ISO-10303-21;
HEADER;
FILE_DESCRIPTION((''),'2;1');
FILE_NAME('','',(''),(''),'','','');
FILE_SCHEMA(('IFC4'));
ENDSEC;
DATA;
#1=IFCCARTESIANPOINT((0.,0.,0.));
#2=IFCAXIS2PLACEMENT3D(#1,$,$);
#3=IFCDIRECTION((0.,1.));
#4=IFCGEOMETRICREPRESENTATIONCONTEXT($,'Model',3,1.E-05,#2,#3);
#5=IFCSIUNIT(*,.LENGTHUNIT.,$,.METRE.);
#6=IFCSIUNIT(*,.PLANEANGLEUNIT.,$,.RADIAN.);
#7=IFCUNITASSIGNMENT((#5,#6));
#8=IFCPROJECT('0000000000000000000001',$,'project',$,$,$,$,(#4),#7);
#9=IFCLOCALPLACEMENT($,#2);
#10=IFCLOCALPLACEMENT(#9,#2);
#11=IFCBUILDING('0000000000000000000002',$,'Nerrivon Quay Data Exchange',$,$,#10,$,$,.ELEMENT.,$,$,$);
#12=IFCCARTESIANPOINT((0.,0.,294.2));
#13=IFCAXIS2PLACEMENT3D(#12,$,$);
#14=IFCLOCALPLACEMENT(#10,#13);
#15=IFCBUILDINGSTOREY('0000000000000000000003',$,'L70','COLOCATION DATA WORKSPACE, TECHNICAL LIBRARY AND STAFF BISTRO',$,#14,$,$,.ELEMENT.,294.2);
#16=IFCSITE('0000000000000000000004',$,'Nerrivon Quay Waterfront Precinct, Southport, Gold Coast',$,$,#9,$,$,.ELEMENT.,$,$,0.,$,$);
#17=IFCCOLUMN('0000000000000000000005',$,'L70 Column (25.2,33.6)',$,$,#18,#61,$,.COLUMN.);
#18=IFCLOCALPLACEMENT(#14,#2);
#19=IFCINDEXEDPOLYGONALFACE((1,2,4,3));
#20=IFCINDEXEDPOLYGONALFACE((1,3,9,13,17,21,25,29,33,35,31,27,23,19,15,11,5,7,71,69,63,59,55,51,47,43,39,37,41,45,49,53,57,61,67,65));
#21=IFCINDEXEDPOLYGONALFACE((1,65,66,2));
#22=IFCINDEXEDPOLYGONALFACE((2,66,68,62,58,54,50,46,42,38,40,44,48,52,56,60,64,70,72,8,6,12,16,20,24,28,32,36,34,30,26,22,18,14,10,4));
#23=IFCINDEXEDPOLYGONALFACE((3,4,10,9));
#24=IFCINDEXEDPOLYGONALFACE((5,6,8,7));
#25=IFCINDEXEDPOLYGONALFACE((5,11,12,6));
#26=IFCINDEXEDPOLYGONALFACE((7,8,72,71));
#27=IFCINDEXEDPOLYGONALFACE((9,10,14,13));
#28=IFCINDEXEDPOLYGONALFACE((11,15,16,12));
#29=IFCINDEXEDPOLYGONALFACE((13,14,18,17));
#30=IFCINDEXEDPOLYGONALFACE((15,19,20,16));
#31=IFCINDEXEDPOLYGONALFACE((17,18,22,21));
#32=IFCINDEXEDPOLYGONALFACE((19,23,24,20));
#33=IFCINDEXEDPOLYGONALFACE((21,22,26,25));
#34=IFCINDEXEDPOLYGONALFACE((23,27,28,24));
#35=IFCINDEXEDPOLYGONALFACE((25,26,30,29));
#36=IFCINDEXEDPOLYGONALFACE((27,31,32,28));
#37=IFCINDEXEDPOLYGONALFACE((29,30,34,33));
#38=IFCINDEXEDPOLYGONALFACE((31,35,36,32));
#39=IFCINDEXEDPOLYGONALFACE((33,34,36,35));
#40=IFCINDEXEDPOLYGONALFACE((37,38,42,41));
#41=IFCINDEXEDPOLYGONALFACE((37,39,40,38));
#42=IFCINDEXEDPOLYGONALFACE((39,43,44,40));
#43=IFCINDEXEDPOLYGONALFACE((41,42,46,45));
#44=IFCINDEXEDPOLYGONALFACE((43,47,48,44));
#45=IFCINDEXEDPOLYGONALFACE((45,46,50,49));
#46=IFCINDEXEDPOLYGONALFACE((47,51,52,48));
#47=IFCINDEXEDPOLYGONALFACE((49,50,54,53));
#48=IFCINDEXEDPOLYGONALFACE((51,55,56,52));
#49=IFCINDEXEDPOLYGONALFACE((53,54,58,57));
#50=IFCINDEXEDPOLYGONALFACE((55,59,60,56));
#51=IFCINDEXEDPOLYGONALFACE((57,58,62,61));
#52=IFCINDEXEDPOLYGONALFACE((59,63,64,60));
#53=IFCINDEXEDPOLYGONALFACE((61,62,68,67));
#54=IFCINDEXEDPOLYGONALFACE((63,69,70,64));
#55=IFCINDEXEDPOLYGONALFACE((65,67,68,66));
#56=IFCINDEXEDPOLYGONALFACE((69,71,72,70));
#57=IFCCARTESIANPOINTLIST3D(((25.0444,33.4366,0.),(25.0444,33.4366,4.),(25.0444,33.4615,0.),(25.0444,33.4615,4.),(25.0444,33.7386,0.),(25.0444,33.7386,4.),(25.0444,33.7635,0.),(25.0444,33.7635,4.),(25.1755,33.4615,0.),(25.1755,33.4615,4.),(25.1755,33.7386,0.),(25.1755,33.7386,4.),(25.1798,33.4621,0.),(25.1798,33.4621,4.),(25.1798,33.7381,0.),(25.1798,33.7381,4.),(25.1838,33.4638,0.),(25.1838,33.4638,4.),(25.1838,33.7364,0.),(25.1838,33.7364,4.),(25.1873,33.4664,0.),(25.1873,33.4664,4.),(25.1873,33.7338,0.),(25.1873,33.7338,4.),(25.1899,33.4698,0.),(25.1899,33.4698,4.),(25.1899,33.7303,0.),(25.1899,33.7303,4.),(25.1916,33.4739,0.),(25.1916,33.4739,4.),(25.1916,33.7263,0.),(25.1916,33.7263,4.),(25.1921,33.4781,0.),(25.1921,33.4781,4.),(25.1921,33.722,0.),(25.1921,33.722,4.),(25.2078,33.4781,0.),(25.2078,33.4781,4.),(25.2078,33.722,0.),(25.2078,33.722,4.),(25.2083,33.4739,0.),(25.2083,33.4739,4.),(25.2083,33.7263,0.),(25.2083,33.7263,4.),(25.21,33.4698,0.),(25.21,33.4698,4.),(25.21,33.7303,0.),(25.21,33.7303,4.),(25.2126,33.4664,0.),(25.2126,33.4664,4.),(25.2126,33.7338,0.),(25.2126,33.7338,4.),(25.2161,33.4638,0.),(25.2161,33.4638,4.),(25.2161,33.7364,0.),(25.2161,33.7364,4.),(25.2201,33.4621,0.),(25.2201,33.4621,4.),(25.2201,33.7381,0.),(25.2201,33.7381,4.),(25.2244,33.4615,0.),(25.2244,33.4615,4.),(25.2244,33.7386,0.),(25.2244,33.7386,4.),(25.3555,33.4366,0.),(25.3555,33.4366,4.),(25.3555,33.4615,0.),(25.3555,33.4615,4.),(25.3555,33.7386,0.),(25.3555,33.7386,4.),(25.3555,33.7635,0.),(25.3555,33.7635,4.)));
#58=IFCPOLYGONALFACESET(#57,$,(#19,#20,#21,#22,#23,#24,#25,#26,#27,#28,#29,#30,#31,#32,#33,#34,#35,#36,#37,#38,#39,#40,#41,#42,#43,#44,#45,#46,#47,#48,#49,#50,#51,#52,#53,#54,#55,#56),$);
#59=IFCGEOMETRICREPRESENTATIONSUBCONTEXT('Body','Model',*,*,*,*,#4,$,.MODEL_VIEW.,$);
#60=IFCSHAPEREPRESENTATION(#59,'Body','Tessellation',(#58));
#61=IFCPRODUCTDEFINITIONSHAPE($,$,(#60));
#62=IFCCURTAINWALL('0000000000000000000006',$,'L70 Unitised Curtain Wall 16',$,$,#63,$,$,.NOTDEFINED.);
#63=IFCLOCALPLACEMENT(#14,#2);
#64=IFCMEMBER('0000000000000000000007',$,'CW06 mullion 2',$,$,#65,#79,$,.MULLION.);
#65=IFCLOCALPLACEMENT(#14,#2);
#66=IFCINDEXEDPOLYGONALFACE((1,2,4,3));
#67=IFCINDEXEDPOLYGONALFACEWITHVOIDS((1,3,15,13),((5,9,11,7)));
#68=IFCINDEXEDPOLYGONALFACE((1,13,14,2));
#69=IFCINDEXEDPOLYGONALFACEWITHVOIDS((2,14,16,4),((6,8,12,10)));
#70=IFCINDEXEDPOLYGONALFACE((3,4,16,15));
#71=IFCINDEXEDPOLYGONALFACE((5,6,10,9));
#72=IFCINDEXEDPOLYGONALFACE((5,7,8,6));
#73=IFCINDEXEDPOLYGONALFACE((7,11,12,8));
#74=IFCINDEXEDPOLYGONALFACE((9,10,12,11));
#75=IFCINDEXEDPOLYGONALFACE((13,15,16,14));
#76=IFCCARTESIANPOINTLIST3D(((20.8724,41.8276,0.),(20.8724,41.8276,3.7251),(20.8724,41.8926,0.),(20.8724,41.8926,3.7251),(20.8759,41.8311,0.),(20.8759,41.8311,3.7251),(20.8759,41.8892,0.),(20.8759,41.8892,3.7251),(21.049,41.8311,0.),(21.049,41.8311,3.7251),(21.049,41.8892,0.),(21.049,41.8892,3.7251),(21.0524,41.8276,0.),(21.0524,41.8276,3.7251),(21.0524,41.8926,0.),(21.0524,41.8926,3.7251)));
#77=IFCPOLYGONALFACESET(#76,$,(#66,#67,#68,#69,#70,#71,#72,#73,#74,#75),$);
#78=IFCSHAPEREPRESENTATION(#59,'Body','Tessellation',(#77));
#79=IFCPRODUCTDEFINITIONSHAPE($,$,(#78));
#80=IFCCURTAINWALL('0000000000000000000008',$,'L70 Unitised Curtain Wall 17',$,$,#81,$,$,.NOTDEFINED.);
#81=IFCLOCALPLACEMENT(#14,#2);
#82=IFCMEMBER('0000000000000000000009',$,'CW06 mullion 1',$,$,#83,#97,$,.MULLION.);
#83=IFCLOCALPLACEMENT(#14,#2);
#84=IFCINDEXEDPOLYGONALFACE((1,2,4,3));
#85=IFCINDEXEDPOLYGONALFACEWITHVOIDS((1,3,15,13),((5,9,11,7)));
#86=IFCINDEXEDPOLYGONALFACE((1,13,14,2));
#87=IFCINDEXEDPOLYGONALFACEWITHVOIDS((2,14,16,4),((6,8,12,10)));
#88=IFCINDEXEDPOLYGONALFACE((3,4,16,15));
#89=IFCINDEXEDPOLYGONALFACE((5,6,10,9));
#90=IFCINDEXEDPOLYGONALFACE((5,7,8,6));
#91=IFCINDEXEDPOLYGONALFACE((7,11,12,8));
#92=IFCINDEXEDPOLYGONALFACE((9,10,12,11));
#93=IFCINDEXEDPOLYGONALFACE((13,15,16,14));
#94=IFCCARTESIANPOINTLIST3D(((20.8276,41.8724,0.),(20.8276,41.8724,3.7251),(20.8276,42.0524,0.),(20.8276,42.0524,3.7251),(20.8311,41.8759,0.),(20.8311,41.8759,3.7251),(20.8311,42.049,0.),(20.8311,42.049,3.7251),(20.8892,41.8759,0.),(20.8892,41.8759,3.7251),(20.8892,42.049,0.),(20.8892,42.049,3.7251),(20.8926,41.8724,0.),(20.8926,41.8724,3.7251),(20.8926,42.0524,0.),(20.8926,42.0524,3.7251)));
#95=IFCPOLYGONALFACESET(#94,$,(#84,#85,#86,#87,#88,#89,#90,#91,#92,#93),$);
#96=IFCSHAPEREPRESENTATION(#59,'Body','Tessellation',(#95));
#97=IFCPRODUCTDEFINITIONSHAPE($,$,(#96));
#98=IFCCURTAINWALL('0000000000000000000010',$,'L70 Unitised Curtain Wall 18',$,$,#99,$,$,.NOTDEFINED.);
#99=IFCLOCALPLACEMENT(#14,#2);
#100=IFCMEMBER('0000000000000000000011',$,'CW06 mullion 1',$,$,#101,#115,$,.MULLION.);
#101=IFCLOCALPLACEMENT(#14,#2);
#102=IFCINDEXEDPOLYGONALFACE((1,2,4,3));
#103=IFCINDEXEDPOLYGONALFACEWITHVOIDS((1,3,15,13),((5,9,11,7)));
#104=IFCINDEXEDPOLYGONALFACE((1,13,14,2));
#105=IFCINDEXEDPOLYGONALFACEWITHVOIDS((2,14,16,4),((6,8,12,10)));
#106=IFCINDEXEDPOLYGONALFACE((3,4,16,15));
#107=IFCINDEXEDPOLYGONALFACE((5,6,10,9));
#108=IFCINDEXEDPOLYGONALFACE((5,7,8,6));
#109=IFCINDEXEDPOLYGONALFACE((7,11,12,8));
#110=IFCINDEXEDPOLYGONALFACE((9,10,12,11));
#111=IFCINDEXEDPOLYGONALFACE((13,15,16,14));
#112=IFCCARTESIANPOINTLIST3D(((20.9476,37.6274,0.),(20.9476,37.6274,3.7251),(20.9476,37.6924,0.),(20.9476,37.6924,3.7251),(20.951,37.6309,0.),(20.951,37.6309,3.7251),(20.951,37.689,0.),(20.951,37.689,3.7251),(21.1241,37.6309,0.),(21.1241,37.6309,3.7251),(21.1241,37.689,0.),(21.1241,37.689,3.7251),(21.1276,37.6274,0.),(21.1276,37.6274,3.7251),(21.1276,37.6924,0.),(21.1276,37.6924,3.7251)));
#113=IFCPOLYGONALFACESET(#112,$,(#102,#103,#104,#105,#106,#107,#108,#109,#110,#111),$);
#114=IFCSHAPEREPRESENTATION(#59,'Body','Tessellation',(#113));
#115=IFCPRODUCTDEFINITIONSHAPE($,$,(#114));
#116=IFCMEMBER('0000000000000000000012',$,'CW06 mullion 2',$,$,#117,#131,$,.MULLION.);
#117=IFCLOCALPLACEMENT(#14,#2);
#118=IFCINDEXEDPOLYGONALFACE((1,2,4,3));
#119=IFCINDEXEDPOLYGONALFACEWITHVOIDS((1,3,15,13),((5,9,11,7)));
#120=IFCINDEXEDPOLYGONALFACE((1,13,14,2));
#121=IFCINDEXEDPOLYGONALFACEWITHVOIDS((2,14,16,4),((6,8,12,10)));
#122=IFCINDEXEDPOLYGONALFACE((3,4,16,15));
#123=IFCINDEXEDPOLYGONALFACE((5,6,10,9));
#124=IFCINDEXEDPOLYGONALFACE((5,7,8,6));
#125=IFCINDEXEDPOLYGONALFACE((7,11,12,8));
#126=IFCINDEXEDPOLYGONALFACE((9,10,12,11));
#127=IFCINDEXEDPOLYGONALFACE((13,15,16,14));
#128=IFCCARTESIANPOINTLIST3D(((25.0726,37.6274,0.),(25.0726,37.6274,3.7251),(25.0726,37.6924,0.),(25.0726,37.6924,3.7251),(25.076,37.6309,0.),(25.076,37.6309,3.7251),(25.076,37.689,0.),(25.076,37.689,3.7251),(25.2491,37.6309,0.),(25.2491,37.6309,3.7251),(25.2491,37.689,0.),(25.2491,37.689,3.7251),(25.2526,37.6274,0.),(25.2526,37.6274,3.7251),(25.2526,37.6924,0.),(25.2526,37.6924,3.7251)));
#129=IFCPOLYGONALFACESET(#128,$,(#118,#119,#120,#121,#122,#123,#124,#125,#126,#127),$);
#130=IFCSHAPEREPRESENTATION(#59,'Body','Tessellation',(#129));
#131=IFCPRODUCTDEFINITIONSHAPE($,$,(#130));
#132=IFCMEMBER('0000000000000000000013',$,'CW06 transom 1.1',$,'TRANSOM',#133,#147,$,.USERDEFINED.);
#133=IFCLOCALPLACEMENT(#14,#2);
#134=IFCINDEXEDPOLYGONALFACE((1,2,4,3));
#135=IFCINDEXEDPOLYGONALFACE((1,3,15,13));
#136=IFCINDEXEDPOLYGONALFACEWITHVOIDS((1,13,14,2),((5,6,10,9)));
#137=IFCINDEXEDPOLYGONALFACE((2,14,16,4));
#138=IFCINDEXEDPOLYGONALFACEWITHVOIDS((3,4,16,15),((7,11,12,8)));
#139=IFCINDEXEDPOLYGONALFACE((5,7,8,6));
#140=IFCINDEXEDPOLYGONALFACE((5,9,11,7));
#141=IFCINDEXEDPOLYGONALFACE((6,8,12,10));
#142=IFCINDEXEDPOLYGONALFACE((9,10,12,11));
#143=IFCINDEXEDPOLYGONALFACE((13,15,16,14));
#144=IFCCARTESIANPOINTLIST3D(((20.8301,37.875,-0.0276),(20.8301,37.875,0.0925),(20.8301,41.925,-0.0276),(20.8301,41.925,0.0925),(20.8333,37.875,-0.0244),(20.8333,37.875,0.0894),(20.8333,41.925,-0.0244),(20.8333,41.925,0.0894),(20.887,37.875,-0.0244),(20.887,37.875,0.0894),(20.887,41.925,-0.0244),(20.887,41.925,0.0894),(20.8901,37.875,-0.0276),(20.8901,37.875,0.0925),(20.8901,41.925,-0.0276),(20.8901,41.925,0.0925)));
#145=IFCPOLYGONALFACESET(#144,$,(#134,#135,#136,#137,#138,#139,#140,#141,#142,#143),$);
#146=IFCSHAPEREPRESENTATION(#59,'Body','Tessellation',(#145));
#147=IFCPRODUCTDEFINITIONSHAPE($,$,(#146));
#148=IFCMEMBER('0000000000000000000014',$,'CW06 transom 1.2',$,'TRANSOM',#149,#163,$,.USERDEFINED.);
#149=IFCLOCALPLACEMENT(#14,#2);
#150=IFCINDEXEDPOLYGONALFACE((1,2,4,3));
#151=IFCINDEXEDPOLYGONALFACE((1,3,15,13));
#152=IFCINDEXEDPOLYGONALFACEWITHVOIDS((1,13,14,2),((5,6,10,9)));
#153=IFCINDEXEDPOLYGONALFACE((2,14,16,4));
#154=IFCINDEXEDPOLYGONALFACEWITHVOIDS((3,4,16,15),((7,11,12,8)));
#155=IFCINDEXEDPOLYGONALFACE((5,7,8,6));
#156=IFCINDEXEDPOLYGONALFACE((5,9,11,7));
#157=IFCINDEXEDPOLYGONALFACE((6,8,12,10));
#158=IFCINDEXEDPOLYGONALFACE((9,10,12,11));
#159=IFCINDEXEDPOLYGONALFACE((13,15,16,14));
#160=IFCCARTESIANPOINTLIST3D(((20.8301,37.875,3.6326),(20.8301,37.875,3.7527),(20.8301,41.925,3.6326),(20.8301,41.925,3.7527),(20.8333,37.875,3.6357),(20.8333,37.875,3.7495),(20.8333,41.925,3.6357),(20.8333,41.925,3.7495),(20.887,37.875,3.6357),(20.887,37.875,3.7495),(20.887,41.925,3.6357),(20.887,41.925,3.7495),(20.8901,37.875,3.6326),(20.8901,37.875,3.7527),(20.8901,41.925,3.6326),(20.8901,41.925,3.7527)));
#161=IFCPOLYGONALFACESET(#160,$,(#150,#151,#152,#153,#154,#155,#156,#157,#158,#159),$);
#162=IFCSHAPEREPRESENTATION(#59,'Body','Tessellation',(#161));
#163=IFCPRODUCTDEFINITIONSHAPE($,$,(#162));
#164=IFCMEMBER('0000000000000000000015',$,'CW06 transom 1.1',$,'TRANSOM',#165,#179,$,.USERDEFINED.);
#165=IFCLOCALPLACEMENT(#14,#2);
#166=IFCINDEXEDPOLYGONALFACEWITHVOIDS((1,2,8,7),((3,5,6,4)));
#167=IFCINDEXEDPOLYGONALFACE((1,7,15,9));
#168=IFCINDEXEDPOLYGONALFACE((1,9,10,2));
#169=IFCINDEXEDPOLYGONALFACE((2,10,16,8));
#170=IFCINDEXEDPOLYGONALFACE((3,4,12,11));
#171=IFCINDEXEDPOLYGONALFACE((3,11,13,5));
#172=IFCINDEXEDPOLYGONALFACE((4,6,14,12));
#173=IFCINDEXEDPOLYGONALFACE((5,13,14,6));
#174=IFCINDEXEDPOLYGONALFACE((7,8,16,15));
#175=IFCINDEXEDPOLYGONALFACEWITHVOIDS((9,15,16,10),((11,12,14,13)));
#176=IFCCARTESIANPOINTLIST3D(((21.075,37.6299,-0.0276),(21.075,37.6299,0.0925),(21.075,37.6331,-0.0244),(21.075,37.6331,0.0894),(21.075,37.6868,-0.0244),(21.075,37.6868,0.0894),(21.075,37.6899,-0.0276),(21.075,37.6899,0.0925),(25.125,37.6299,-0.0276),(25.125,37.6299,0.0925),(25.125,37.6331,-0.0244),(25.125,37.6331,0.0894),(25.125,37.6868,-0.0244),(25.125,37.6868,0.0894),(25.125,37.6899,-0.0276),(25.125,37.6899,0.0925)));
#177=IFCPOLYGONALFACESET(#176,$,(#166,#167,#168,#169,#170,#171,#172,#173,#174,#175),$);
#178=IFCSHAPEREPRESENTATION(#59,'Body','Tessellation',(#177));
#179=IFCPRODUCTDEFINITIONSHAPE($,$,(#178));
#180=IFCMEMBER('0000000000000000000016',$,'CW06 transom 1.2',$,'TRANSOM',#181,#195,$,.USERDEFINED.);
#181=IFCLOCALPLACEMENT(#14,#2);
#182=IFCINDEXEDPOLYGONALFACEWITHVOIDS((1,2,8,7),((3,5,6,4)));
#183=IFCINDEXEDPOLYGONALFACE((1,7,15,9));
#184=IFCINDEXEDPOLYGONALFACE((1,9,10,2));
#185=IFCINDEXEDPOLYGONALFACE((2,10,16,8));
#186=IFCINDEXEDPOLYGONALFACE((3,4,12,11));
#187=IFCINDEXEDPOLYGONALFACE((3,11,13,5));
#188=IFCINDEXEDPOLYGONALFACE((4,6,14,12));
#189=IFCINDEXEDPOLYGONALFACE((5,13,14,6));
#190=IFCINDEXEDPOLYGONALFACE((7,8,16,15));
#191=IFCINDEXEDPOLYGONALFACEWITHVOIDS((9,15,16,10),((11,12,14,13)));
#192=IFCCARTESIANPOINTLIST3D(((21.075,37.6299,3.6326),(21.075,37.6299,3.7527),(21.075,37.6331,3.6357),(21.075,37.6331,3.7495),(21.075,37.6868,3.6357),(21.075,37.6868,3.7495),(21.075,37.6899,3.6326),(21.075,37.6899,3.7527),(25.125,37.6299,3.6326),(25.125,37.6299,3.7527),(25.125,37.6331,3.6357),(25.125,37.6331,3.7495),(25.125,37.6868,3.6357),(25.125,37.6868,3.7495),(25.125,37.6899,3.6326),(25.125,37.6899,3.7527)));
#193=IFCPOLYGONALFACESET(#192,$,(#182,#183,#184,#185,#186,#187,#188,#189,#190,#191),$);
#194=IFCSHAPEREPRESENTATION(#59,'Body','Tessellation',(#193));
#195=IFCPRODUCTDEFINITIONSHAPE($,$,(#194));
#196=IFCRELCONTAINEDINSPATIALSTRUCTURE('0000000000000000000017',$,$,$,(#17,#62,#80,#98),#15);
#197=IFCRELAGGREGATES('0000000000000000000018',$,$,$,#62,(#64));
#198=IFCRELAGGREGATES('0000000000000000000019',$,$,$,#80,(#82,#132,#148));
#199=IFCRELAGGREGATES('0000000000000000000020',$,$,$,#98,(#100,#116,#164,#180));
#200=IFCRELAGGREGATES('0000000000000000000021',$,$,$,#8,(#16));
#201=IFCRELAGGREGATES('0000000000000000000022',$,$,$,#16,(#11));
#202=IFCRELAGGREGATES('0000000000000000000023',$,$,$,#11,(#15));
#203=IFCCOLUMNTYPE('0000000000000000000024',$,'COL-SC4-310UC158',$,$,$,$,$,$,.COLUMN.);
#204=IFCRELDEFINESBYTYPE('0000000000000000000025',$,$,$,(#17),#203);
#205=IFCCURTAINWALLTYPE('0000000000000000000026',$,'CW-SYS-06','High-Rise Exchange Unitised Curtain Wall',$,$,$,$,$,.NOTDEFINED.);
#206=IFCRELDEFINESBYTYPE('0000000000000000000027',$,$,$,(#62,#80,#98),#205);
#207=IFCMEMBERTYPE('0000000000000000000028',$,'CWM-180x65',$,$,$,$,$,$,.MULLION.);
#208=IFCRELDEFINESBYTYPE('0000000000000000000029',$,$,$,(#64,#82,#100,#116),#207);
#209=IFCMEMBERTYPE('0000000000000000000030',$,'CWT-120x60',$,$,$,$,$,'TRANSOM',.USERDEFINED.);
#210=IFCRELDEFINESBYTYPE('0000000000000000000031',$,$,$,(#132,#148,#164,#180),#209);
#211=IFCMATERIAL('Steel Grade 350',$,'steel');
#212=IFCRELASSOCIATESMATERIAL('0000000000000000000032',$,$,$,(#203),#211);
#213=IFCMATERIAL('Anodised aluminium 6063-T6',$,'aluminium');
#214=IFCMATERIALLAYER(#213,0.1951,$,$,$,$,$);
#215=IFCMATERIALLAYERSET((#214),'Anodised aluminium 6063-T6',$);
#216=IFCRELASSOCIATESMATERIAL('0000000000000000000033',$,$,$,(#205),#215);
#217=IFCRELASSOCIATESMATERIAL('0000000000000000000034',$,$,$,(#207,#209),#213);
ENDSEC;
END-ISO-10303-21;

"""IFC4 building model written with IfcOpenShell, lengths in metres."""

from ifc_helpers import new_model, si_unit, direction, frame, origin, origin_2d, place, context, subcontext, project, spatial, hollow_rectangle, i_section, extrude, material, layer, layer_set, material_profile, profile_set, type_object, element, aggregate, save


model = new_model("IFC4")

# Units and contexts
model_context = context("Model", 3, precision=1e-05, world=origin(), true_north=direction((0.0, 1.0)))
body_context = subcontext(model_context, "Body", "Model", "MODEL_VIEW")
ifc_project = project(units=[si_unit("LENGTHUNIT", "METRE"), si_unit("PLANEANGLEUNIT", "RADIAN")], contexts=[model_context])

# Site, building, storey
site_placement = place(None, origin())
site = spatial("IfcSite", under=ifc_project, at=site_placement, Name="Nerrivon Quay Waterfront Precinct, Southport, Gold Coast", CompositionType="ELEMENT", RefElevation=0.0)
building_placement = place(site_placement, origin())
building = spatial("IfcBuilding", under=site, at=building_placement, Name="Nerrivon Quay Data Exchange", CompositionType="ELEMENT")
storey_placement = place(building_placement, frame((0.0, 0.0, 294.2)))
storey = spatial("IfcBuildingStorey", under=building, at=storey_placement, Name="L70", Description="COLOCATION DATA WORKSPACE, TECHNICAL LIBRARY AND STAFF BISTRO", CompositionType="ELEMENT", Elevation=294.2)

# Column
ifc_material_1 = material(Name="Steel Grade 350", Category="steel")
ifc_material_profile_1 = material_profile(ifc_material_1, i_section(OverallWidth=0.311, OverallDepth=0.3269, WebThickness=0.0156, FlangeThickness=0.0249, FilletRadius=0.0166, at=origin_2d()), Name="310UC158")
ifc_profile_set_1 = profile_set([ifc_material_profile_1], Name="Steel Grade 350")
column_type = type_object("IfcColumnType", Name="COL-SC4-310UC158", PredefinedType="COLUMN", material=ifc_profile_set_1)
column_placement = place(storey_placement, frame((25.2, 33.6001, 0.0), z_axis=(0.0, 0.0, 1.0), x_axis=(1.0, 0.0, 0.0)))
element("IfcColumn", 1, at=column_placement, inside=storey, type_object=column_type, Name="L70 Column (25.2,33.6)", PredefinedType="COLUMN", context=body_context, shape_type="SweptSolid", body=[
    extrude(i_section(OverallWidth=0.311, OverallDepth=0.3269, WebThickness=0.0156, FlangeThickness=0.0249, FilletRadius=0.0166, at=origin_2d()), origin(), (0.0, 0.0, 1.0), 4.0),
])

# Curtain walls, members
ifc_material_2 = material(Name="Anodised aluminium 6063-T6", Category="aluminium")
ifc_layer_1 = layer(ifc_material_2, 0.1951)
ifc_layer_set_1 = layer_set([ifc_layer_1], Name="Anodised aluminium 6063-T6")
curtain_wall_type = type_object("IfcCurtainWallType", Name="CW-SYS-06", Description="High-Rise Exchange Unitised Curtain Wall", PredefinedType="NOTDEFINED", material=ifc_layer_set_1)
curtain_wall_1_placement = place(storey_placement, origin())
curtain_wall_1 = element("IfcCurtainWall", 2, at=curtain_wall_1_placement, inside=storey, type_object=curtain_wall_type, Name="L70 Unitised Curtain Wall 16", PredefinedType="NOTDEFINED")
ifc_material_profile_2 = material_profile(ifc_material_2, hollow_rectangle(XDim=0.0649, YDim=0.1799, WallThickness=0.0034, at=origin_2d()), Name="ALU-MULL-180x65")
ifc_profile_set_2 = profile_set([ifc_material_profile_2], Name="Anodised aluminium 6063-T6")
member_type_1 = type_object("IfcMemberType", Name="CWM-180x65", PredefinedType="MULLION", material=ifc_profile_set_2)
member_1_placement = place(storey_placement, frame((20.9624, 41.8601, 0.0), z_axis=(0.0, 0.0, 1.0), x_axis=(0.0, 1.0, 0.0)))
member_1 = element("IfcMember", 3, at=member_1_placement, type_object=member_type_1, Name="CW06 mullion 2", PredefinedType="MULLION", context=body_context, shape_type="SweptSolid", body=[
    extrude(hollow_rectangle(XDim=0.0649, YDim=0.1799, WallThickness=0.0034, at=origin_2d()), origin(), (0.0, 0.0, 1.0), 3.7251),
])
aggregate(curtain_wall_1, [member_1])
curtain_wall_2_placement = place(storey_placement, origin())
curtain_wall_2 = element("IfcCurtainWall", 4, at=curtain_wall_2_placement, inside=storey, type_object=curtain_wall_type, Name="L70 Unitised Curtain Wall 17", PredefinedType="NOTDEFINED")
member_2_placement = place(storey_placement, frame((20.8601, 41.9624, 0.0), z_axis=(0.0, 0.0, 1.0), x_axis=(1.0, 0.0, 0.0)))
member_2 = element("IfcMember", 5, at=member_2_placement, type_object=member_type_1, Name="CW06 mullion 1", PredefinedType="MULLION", context=body_context, shape_type="SweptSolid", body=[
    extrude(hollow_rectangle(XDim=0.0649, YDim=0.1799, WallThickness=0.0034, at=origin_2d()), origin(), (0.0, 0.0, 1.0), 3.7251),
])

# Curtain wall, members
curtain_wall_3_placement = place(storey_placement, origin())
curtain_wall_3 = element("IfcCurtainWall", 6, at=curtain_wall_3_placement, inside=storey, type_object=curtain_wall_type, Name="L70 Unitised Curtain Wall 18", PredefinedType="NOTDEFINED")
member_3_placement = place(storey_placement, frame((21.0376, 37.6599, 0.0), z_axis=(0.0, 0.0, 1.0), x_axis=(0.0, 1.0, 0.0)))
member_3 = element("IfcMember", 7, at=member_3_placement, type_object=member_type_1, Name="CW06 mullion 1", PredefinedType="MULLION", context=body_context, shape_type="SweptSolid", body=[
    extrude(hollow_rectangle(XDim=0.0649, YDim=0.1799, WallThickness=0.0034, at=origin_2d()), origin(), (0.0, 0.0, 1.0), 3.7251),
])
member_4_placement = place(storey_placement, frame((25.1626, 37.6599, 0.0), z_axis=(0.0, 0.0, 1.0), x_axis=(0.0, 1.0, 0.0)))
member_4 = element("IfcMember", 8, at=member_4_placement, type_object=member_type_1, Name="CW06 mullion 2", PredefinedType="MULLION", context=body_context, shape_type="SweptSolid", body=[
    extrude(hollow_rectangle(XDim=0.0649, YDim=0.1799, WallThickness=0.0034, at=origin_2d()), origin(), (0.0, 0.0, 1.0), 3.7251),
])

# Members
ifc_material_profile_3 = material_profile(ifc_material_2, hollow_rectangle(XDim=0.0601, YDim=0.1201, WallThickness=0.0032, at=origin_2d()), Name="ALU-TRAN-120x60")
ifc_profile_set_3 = profile_set([ifc_material_profile_3], Name="Anodised aluminium 6063-T6")
member_type_2 = type_object("IfcMemberType", Name="CWT-120x60", ElementType="TRANSOM", PredefinedType="USERDEFINED", material=ifc_profile_set_3)
member_5_placement = place(storey_placement, frame((20.8601, 41.925, 0.0325), z_axis=(0.0, -1.0, 0.0), x_axis=(1.0, 0.0, 0.0)))
member_5 = element("IfcMember", 9, at=member_5_placement, type_object=member_type_2, Name="CW06 transom 1.1", ObjectType="TRANSOM", PredefinedType="USERDEFINED", context=body_context, shape_type="SweptSolid", body=[
    extrude(hollow_rectangle(XDim=0.0601, YDim=0.1201, WallThickness=0.0032, at=origin_2d()), origin(), (0.0, 0.0, 1.0), 4.05),
])
member_6_placement = place(storey_placement, frame((20.8601, 41.925, 3.6926), z_axis=(0.0, -1.0, 0.0), x_axis=(1.0, 0.0, 0.0)))
member_6 = element("IfcMember", 10, at=member_6_placement, type_object=member_type_2, Name="CW06 transom 1.2", ObjectType="TRANSOM", PredefinedType="USERDEFINED", context=body_context, shape_type="SweptSolid", body=[
    extrude(hollow_rectangle(XDim=0.0601, YDim=0.1201, WallThickness=0.0032, at=origin_2d()), origin(), (0.0, 0.0, 1.0), 4.05),
])
member_7_placement = place(storey_placement, frame((21.075, 37.6599, 0.0325), z_axis=(1.0, 0.0, 0.0), x_axis=(0.0, 1.0, 0.0)))
member_7 = element("IfcMember", 11, at=member_7_placement, type_object=member_type_2, Name="CW06 transom 1.1", ObjectType="TRANSOM", PredefinedType="USERDEFINED", context=body_context, shape_type="SweptSolid", body=[
    extrude(hollow_rectangle(XDim=0.0601, YDim=0.1201, WallThickness=0.0032, at=origin_2d()), origin(), (0.0, 0.0, 1.0), 4.05),
])
member_8_placement = place(storey_placement, frame((21.075, 37.6599, 3.6926), z_axis=(1.0, 0.0, 0.0), x_axis=(0.0, 1.0, 0.0)))
member_8 = element("IfcMember", 12, at=member_8_placement, type_object=member_type_2, Name="CW06 transom 1.2", ObjectType="TRANSOM", PredefinedType="USERDEFINED", context=body_context, shape_type="SweptSolid", body=[
    extrude(hollow_rectangle(XDim=0.0601, YDim=0.1201, WallThickness=0.0032, at=origin_2d()), origin(), (0.0, 0.0, 1.0), 4.05),
])

aggregate(curtain_wall_2, [member_2, member_5, member_6])
aggregate(curtain_wall_3, [member_3, member_4, member_7, member_8])

save(model, "model.ifc")
